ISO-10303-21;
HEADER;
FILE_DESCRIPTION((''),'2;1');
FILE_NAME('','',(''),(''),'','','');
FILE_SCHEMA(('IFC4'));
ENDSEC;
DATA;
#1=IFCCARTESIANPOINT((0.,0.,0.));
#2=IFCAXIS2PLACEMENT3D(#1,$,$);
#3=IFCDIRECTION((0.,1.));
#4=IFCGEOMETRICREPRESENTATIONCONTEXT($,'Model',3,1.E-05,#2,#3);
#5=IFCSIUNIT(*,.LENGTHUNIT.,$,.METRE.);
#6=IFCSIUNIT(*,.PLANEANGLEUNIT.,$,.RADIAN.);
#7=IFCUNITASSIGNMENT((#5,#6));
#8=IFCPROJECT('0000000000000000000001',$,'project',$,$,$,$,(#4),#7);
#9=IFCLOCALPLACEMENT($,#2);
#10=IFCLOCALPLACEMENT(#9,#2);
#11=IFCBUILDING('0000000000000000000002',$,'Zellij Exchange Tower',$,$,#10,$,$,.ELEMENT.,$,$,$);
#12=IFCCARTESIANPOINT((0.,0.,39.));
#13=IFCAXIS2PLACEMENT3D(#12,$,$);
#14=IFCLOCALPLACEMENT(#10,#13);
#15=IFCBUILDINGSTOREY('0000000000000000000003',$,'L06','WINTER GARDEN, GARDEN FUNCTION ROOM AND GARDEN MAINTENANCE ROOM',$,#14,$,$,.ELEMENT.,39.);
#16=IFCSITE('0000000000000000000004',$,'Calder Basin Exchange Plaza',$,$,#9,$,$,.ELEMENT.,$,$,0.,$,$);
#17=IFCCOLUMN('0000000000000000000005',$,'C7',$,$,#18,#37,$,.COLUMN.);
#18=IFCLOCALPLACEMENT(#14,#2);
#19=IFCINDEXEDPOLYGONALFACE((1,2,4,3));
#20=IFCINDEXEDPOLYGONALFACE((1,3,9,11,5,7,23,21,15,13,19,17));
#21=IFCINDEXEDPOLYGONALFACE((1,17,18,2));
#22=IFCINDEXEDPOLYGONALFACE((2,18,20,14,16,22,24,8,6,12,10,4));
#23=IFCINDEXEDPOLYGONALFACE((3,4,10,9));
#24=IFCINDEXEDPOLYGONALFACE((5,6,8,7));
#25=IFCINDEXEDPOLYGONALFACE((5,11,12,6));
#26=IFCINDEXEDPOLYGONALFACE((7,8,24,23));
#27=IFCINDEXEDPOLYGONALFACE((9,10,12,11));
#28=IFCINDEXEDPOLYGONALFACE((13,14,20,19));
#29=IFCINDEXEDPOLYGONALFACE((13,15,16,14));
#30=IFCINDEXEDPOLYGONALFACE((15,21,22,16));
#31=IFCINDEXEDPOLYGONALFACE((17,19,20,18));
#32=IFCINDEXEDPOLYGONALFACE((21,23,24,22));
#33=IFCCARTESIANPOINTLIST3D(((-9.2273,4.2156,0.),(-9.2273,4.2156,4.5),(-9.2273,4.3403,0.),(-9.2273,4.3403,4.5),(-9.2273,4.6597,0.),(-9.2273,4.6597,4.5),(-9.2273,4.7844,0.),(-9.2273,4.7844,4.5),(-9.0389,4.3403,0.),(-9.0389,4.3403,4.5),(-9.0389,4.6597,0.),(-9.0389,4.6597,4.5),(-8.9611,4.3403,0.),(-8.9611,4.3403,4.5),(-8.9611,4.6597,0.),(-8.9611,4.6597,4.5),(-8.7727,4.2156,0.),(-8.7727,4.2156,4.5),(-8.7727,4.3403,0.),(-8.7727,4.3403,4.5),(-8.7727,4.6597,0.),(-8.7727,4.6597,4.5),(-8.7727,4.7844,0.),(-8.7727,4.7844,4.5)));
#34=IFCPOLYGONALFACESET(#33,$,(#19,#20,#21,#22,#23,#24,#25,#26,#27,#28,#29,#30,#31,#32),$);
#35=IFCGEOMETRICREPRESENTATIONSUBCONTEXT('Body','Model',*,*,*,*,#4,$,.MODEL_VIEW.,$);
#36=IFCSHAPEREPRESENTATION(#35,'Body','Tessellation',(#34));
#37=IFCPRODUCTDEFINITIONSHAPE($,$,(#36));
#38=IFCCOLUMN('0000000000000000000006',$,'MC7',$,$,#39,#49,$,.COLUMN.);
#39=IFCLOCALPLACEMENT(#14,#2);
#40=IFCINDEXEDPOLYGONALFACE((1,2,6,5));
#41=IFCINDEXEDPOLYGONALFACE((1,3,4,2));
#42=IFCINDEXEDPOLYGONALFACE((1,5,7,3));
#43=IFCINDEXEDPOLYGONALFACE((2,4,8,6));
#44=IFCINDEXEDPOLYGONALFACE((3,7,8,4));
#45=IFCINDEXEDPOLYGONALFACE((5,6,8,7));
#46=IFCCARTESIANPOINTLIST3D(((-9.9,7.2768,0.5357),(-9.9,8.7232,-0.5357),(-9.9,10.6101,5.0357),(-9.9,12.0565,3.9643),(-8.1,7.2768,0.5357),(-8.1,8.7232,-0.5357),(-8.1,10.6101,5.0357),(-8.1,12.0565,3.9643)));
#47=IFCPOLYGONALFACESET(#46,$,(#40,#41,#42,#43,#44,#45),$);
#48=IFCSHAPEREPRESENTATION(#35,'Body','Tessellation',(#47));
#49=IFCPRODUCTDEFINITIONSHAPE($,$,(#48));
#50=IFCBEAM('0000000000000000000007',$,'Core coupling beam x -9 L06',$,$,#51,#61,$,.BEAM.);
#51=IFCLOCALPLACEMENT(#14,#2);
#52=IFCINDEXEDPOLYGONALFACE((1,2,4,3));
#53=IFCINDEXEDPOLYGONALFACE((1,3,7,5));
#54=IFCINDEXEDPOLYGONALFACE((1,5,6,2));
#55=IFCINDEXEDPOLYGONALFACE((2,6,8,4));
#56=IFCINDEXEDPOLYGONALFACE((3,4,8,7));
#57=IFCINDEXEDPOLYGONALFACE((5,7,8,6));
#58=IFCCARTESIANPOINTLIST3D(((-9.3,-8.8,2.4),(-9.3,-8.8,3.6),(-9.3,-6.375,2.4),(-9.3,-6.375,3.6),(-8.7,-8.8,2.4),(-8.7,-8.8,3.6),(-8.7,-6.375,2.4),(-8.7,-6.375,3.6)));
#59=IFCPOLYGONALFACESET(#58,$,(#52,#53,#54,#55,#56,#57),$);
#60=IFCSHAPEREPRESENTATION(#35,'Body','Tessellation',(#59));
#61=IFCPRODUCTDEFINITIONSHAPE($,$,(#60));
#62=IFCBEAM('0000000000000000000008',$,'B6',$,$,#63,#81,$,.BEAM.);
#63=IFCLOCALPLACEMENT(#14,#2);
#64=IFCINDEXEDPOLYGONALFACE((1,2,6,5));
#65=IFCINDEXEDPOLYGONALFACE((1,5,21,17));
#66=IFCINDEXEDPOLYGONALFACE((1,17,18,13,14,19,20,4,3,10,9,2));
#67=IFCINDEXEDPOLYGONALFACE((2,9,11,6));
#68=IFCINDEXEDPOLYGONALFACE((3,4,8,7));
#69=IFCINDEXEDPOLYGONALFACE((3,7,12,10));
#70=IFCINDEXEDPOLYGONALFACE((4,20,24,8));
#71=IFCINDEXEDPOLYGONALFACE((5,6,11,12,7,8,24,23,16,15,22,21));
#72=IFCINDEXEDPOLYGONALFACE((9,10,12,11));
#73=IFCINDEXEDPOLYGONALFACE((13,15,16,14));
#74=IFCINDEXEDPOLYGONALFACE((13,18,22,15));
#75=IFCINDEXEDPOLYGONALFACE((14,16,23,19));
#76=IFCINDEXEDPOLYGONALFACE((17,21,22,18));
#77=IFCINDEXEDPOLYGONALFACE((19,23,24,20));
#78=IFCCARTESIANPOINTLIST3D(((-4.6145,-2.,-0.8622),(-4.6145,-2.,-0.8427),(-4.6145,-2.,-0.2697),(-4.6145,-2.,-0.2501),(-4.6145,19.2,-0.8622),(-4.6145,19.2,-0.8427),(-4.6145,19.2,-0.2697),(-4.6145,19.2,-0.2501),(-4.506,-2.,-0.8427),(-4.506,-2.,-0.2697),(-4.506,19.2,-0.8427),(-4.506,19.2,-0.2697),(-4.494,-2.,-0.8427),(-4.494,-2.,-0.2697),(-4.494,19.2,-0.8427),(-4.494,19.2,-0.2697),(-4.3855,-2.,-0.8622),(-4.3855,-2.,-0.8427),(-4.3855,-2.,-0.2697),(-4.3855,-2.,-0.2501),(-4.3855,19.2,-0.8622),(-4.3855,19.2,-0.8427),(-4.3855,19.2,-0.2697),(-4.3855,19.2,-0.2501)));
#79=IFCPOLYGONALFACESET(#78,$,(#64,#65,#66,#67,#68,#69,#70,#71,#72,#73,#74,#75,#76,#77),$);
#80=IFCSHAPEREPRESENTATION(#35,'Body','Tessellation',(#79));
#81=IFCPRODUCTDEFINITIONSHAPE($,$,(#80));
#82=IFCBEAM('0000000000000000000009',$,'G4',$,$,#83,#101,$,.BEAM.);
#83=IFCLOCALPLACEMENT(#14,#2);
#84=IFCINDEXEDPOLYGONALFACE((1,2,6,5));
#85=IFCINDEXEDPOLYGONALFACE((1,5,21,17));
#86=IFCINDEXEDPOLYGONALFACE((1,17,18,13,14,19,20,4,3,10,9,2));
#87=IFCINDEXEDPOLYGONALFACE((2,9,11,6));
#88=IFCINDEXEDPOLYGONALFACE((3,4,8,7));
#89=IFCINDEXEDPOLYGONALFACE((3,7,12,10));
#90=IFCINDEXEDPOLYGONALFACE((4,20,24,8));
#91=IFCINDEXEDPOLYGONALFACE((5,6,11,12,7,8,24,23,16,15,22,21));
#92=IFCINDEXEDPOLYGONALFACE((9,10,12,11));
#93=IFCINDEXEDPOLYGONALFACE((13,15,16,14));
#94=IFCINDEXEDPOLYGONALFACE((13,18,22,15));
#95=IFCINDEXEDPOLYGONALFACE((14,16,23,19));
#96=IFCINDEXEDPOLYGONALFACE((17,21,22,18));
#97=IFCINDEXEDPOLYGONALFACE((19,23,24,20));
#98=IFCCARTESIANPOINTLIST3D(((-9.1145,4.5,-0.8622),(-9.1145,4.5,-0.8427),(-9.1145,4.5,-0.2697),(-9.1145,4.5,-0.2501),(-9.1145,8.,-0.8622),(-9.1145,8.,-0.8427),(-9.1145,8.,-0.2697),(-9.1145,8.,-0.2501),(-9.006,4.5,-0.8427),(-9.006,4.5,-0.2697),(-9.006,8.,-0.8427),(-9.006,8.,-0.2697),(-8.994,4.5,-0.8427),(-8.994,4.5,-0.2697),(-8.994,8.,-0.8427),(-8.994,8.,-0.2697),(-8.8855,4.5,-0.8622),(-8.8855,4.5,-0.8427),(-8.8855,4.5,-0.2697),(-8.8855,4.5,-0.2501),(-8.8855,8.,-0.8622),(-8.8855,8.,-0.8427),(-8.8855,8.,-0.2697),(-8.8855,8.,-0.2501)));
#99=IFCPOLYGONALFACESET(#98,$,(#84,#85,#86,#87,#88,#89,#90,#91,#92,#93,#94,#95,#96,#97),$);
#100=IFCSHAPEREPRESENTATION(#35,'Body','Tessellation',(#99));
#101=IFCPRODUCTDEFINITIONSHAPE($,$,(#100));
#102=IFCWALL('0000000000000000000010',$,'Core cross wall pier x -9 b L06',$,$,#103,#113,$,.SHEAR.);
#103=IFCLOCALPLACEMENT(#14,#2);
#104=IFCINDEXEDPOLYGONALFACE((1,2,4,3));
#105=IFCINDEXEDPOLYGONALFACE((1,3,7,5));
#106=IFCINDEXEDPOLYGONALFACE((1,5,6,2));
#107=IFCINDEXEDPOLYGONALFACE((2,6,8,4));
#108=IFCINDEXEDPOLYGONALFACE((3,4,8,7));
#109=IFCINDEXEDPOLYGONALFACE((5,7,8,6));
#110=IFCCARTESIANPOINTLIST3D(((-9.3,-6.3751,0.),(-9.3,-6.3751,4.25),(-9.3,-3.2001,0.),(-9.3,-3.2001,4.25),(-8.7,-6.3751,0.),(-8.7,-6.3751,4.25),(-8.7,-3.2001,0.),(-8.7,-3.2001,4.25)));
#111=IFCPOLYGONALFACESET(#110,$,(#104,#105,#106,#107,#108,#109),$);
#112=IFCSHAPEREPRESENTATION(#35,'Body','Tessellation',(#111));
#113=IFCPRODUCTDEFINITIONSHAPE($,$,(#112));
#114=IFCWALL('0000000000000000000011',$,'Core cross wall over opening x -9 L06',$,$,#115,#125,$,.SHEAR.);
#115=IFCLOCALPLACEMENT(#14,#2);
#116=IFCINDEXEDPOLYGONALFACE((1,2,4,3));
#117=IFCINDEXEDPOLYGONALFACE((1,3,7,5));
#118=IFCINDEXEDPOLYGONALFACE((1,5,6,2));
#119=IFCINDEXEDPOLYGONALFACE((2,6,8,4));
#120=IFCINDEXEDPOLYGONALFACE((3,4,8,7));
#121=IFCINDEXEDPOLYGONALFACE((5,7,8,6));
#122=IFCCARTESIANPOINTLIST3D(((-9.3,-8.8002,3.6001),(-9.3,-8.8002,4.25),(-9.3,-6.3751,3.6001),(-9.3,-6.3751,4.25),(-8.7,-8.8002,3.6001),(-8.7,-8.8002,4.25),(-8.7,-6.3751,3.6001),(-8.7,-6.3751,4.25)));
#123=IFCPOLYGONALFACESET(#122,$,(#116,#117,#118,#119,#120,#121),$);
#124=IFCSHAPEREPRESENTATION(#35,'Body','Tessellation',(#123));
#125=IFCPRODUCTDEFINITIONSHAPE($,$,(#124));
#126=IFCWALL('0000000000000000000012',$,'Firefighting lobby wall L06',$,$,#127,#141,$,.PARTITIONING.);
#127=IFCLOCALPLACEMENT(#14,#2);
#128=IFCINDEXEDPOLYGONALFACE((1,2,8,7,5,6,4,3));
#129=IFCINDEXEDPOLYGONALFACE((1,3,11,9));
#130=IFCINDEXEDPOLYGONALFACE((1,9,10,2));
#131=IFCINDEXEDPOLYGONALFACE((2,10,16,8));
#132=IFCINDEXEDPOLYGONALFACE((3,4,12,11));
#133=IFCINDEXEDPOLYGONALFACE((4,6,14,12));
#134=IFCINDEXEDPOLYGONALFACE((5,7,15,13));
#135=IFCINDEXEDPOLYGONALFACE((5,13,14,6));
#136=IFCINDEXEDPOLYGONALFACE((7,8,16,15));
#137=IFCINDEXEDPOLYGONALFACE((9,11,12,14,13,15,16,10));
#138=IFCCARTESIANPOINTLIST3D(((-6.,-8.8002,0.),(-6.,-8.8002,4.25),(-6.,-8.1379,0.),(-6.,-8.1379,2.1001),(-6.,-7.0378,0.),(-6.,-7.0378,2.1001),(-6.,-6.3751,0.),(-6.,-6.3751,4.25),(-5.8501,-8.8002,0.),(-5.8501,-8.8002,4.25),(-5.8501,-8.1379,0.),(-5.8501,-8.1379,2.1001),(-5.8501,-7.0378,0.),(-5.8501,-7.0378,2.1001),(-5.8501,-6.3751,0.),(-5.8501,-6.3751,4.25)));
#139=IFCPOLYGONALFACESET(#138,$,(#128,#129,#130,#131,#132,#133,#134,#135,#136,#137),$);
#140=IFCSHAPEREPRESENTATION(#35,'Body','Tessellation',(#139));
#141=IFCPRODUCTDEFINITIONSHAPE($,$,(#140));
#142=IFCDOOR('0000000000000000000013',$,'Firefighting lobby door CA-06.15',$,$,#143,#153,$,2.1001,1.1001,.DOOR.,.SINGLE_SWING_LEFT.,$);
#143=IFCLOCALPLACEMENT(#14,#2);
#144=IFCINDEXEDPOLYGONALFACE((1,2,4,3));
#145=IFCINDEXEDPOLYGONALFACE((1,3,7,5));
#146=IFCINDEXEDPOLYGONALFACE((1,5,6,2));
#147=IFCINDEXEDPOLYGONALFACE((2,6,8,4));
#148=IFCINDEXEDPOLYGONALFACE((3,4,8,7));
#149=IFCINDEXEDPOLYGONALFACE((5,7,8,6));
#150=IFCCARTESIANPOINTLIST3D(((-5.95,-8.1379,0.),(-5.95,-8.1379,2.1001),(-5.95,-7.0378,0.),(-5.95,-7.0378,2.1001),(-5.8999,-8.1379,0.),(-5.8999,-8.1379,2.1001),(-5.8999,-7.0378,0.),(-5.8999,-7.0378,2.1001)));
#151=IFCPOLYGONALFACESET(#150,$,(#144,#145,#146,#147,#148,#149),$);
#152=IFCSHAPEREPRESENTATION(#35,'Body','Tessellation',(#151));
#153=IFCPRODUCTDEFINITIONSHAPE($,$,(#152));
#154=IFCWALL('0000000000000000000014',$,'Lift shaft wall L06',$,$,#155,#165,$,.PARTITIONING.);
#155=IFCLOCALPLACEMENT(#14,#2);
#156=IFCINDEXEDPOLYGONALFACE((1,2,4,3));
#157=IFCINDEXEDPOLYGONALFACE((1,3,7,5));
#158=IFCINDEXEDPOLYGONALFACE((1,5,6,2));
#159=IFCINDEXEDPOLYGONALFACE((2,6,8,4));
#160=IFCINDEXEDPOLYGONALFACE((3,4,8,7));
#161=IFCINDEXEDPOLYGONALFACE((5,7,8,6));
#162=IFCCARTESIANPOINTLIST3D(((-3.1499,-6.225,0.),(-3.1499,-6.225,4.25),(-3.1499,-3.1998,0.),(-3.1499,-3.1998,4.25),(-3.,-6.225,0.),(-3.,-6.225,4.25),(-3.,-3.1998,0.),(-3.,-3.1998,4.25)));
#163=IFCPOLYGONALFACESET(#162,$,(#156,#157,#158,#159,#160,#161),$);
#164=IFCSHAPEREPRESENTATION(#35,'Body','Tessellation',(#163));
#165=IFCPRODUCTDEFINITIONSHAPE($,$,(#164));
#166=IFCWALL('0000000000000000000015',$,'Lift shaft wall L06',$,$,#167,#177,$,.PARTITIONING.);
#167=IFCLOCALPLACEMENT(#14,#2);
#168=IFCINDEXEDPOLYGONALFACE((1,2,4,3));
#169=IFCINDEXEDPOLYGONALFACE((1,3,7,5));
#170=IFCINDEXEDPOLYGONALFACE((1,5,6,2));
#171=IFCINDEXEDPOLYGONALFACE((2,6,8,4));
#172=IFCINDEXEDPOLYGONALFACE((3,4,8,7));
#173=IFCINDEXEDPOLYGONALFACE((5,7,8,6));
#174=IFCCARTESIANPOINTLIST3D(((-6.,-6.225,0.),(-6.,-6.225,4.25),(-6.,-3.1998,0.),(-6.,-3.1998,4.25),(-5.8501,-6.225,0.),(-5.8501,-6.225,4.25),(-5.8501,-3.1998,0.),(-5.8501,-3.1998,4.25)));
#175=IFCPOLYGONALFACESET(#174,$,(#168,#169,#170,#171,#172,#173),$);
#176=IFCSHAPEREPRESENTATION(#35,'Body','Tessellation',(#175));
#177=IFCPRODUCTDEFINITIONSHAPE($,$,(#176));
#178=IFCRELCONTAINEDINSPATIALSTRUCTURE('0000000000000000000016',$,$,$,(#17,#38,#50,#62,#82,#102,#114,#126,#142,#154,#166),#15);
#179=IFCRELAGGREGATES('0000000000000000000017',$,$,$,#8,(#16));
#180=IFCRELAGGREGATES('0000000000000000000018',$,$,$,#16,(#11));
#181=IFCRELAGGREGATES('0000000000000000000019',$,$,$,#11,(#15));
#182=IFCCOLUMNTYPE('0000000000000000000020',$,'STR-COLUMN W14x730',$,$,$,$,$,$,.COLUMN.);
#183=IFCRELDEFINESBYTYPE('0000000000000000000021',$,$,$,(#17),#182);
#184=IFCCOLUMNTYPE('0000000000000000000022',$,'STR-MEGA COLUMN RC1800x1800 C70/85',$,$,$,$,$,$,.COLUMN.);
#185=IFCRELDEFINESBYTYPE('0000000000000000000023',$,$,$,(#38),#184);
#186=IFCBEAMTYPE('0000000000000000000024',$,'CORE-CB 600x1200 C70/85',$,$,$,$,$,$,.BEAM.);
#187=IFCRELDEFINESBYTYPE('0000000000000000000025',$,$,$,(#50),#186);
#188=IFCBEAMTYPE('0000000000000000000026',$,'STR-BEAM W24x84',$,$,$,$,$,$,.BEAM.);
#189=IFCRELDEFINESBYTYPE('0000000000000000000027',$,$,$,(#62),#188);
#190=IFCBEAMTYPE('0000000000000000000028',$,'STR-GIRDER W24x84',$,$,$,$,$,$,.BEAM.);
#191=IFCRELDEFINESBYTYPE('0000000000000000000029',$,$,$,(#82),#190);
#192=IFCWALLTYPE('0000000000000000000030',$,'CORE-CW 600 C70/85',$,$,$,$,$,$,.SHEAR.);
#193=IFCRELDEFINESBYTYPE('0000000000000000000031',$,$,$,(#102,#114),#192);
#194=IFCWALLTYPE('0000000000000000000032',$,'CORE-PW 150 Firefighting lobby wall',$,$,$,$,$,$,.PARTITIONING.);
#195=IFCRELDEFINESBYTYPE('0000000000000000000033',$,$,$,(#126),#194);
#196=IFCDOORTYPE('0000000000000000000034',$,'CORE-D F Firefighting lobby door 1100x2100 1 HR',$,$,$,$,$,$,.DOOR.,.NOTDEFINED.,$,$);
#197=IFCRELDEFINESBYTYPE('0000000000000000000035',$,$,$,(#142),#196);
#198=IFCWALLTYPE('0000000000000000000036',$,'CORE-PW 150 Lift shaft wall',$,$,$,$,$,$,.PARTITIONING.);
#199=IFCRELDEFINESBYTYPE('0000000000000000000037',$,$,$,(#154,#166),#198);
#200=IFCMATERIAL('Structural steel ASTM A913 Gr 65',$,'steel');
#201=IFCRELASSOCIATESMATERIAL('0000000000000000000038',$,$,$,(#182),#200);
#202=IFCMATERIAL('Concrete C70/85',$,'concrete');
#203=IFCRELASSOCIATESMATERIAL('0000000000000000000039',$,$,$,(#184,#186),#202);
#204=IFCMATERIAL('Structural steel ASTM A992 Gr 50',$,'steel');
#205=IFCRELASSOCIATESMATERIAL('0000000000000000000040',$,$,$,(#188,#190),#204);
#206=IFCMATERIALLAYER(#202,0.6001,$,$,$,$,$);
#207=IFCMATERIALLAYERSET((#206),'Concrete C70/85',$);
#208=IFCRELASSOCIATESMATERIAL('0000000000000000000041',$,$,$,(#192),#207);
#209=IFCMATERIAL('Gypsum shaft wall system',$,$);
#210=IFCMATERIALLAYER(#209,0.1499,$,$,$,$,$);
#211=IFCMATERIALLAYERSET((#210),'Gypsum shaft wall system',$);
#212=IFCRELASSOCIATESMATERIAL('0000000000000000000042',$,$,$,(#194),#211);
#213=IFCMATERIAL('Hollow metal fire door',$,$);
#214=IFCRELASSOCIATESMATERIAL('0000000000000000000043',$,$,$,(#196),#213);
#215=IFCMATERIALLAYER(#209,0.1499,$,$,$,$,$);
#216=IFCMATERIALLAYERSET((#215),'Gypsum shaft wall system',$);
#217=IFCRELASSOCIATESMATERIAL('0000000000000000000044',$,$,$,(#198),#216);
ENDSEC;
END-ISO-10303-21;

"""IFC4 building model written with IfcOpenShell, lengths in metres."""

from ifc_helpers import new_model, si_unit, direction, frame, frame_2d, origin, origin_2d, place, context, subcontext, project, spatial, rectangle, i_section, extrude, material, layer, layer_set, material_profile, profile_set, type_object, element, fill, save


model = new_model("IFC4")

# Units and contexts
model_context = context("Model", 3, precision=1e-05, world=origin(), true_north=direction((0.0, 1.0)))
body_context = subcontext(model_context, "Body", "Model", "MODEL_VIEW")
ifc_project = project(units=[si_unit("LENGTHUNIT", "METRE"), si_unit("PLANEANGLEUNIT", "RADIAN")], contexts=[model_context])

# Site, building, storey
site_placement = place(None, origin())
site = spatial("IfcSite", under=ifc_project, at=site_placement, Name="Calder Basin Exchange Plaza", CompositionType="ELEMENT", RefElevation=0.0)
building_placement = place(site_placement, origin())
building = spatial("IfcBuilding", under=site, at=building_placement, Name="Zellij Exchange Tower", CompositionType="ELEMENT")
storey_placement = place(building_placement, frame((0.0, 0.0, 39.0)))
storey = spatial("IfcBuildingStorey", under=building, at=storey_placement, Name="L06", Description="WINTER GARDEN, GARDEN FUNCTION ROOM AND GARDEN MAINTENANCE ROOM", CompositionType="ELEMENT", Elevation=39.0)

# Columns
ifc_material_1 = material(Name="Structural steel ASTM A913 Gr 65", Category="steel")
ifc_material_profile_1 = material_profile(ifc_material_1, i_section(OverallWidth=0.4546, OverallDepth=0.5688, WebThickness=0.0779, FlangeThickness=0.1248, at=origin_2d()), Name="W14x730")
ifc_profile_set_1 = profile_set([ifc_material_profile_1], Name="Structural steel ASTM A913 Gr 65")
column_type_1 = type_object("IfcColumnType", Name="STR-COLUMN W14x730", PredefinedType="COLUMN", material=ifc_profile_set_1)
column_1_placement = place(storey_placement, frame((-9.0, 4.5, 0.0), z_axis=(0.0, 0.0, 1.0), x_axis=(1.0, 0.0, 0.0)))
element("IfcColumn", 1, at=column_1_placement, inside=storey, type_object=column_type_1, Name="C7", PredefinedType="COLUMN", context=body_context, shape_type="SweptSolid", body=[
    extrude(i_section(OverallWidth=0.4546, OverallDepth=0.5688, WebThickness=0.0779, FlangeThickness=0.1248, at=origin_2d()), origin(), (0.0, 0.0, 1.0), 4.5),
])
ifc_material_2 = material(Name="Concrete C70/85", Category="concrete")
ifc_material_profile_2 = material_profile(ifc_material_2, rectangle(XDim=1.8, YDim=1.8, at=origin_2d()), Name="STR-MEGA COLUMN RC1800x1800 C70/85")
ifc_profile_set_2 = profile_set([ifc_material_profile_2], Name="Concrete C70/85")
column_type_2 = type_object("IfcColumnType", Name="STR-MEGA COLUMN RC1800x1800 C70/85", PredefinedType="COLUMN", material=ifc_profile_set_2)
column_2_placement = place(storey_placement, frame((-9.0, 8.0, 0.0), z_axis=(0.0, 0.595218, 0.803564), x_axis=(-1.0, 0.0, 0.0)))
element("IfcColumn", 2, at=column_2_placement, inside=storey, type_object=column_type_2, Name="MC7", PredefinedType="COLUMN", context=body_context, shape_type="SweptSolid", body=[
    extrude(rectangle(XDim=1.8, YDim=1.8, at=origin_2d()), origin(), (0.0, 0.0, 1.0), 5.6001),
])

# Beams
ifc_material_profile_3 = material_profile(ifc_material_2, rectangle(XDim=0.6001, YDim=1.2, at=origin_2d()), Name="CORE-CB 600x1200 C70/85")
ifc_profile_set_3 = profile_set([ifc_material_profile_3], Name="Concrete C70/85")
beam_type_1 = type_object("IfcBeamType", Name="CORE-CB 600x1200 C70/85", PredefinedType="BEAM", material=ifc_profile_set_3)
beam_1_placement = place(storey_placement, frame((-9.0, -8.8, 3.0), z_axis=(0.0, 1.0, 0.0), x_axis=(-1.0, 0.0, 0.0)))
element("IfcBeam", 3, at=beam_1_placement, inside=storey, type_object=beam_type_1, Name="Core coupling beam x -9 L06", PredefinedType="BEAM", context=body_context, shape_type="SweptSolid", body=[
    extrude(rectangle(XDim=0.6001, YDim=1.2, at=origin_2d()), origin(), (0.0, 0.0, 1.0), 2.425),
])
ifc_material_3 = material(Name="Structural steel ASTM A992 Gr 50", Category="steel")
ifc_material_profile_4 = material_profile(ifc_material_3, i_section(OverallWidth=0.229, OverallDepth=0.6121, WebThickness=0.012, FlangeThickness=0.0195, at=origin_2d()), Name="W24x84")
ifc_profile_set_4 = profile_set([ifc_material_profile_4], Name="Structural steel ASTM A992 Gr 50")
beam_type_2 = type_object("IfcBeamType", Name="STR-BEAM W24x84", PredefinedType="BEAM", material=ifc_profile_set_4)
beam_2_placement = place(storey_placement, frame((-4.5, -2.0, -0.5562), z_axis=(0.0, 1.0, 0.0), x_axis=(-1.0, 0.0, 0.0)))
element("IfcBeam", 4, at=beam_2_placement, inside=storey, type_object=beam_type_2, Name="B6", PredefinedType="BEAM", context=body_context, shape_type="SweptSolid", body=[
    extrude(i_section(OverallWidth=0.229, OverallDepth=0.6121, WebThickness=0.012, FlangeThickness=0.0195, at=origin_2d()), origin(), (0.0, 0.0, 1.0), 21.2),
])
ifc_material_profile_5 = material_profile(ifc_material_3, i_section(OverallWidth=0.229, OverallDepth=0.6121, WebThickness=0.012, FlangeThickness=0.0195, at=origin_2d()), Name="W24x84")
ifc_profile_set_5 = profile_set([ifc_material_profile_5], Name="Structural steel ASTM A992 Gr 50")
beam_type_3 = type_object("IfcBeamType", Name="STR-GIRDER W24x84", PredefinedType="BEAM", material=ifc_profile_set_5)
beam_3_placement = place(storey_placement, frame((-9.0, 4.5, -0.5562), z_axis=(0.0, 1.0, 0.0), x_axis=(-1.0, 0.0, 0.0)))
element("IfcBeam", 5, at=beam_3_placement, inside=storey, type_object=beam_type_3, Name="G4", PredefinedType="BEAM", context=body_context, shape_type="SweptSolid", body=[
    extrude(i_section(OverallWidth=0.229, OverallDepth=0.6121, WebThickness=0.012, FlangeThickness=0.0195, at=origin_2d()), origin(), (0.0, 0.0, 1.0), 3.5),
])

# Walls
ifc_layer_1 = layer(ifc_material_2, 0.6001)
ifc_layer_set_1 = layer_set([ifc_layer_1], Name="Concrete C70/85")
wall_type_1 = type_object("IfcWallType", Name="CORE-CW 600 C70/85", PredefinedType="SHEAR", material=ifc_layer_set_1)
wall_1_placement = place(storey_placement, frame((-9.0, -6.375, 0.0), z_axis=(0.0, 0.0, 1.0), x_axis=(0.0, 1.0, 0.0)))
element("IfcWall", 6, at=wall_1_placement, inside=storey, type_object=wall_type_1, Name="Core cross wall pier x -9 b L06", PredefinedType="SHEAR", context=body_context, shape_type="SweptSolid", body=[
    extrude(rectangle(XDim=3.175, YDim=0.6001, at=frame_2d((1.5874, 0.0))), origin(), (0.0, 0.0, 1.0), 4.25),
])
wall_2_placement = place(storey_placement, frame((-9.0, -8.8, 3.6001), z_axis=(0.0, 0.0, 1.0), x_axis=(0.0, 1.0, 0.0)))
element("IfcWall", 7, at=wall_2_placement, inside=storey, type_object=wall_type_1, Name="Core cross wall over opening x -9 L06", PredefinedType="SHEAR", context=body_context, shape_type="SweptSolid", body=[
    extrude(rectangle(XDim=2.425, YDim=0.6001, at=frame_2d((1.2124, 0.0))), origin(), (0.0, 0.0, 1.0), 0.6499),
])

# Wall, opening, door
ifc_material_4 = material(Name="Gypsum shaft wall system")
ifc_layer_2 = layer(ifc_material_4, 0.1499)
ifc_layer_set_2 = layer_set([ifc_layer_2], Name="Gypsum shaft wall system")
wall_type_2 = type_object("IfcWallType", Name="CORE-PW 150 Firefighting lobby wall", PredefinedType="PARTITIONING", material=ifc_layer_set_2)
wall_3_placement = place(storey_placement, frame((-5.925, -8.8, 0.0), z_axis=(0.0, 0.0, 1.0), x_axis=(0.0, 1.0, 0.0)))
wall_3 = element("IfcWall", 8, at=wall_3_placement, inside=storey, type_object=wall_type_2, Name="Firefighting lobby wall L06", PredefinedType="PARTITIONING", context=body_context, shape_type="SweptSolid", body=[
    extrude(rectangle(XDim=2.425, YDim=0.1499, at=frame_2d((1.2124, 0.0))), origin(), (0.0, 0.0, 1.0), 4.25),
])
opening_1_placement = place(wall_3_placement, frame((0.6621, 0.0, 0.0)))
opening_1 = element("IfcOpeningElement", 9, at=opening_1_placement, cuts=wall_3, PredefinedType="OPENING", context=body_context, shape_type="SweptSolid", body=[
    extrude(rectangle(XDim=1.1001, YDim=2.1001, at=frame_2d((0.55, 1.05))), frame((0.0, 0.0869, 0.0), z_axis=(0.0, -1.0, 0.0), x_axis=(1.0, 0.0, 0.0)), (0.0, 0.0, 1.0), 0.1738),
])
ifc_material_5 = material(Name="Hollow metal fire door")
door_type_1 = type_object("IfcDoorType", Name="CORE-D F Firefighting lobby door 1100x2100 1 HR", OperationType="NOTDEFINED", PredefinedType="DOOR", material=ifc_material_5)
door_1_placement = place(opening_1_placement, origin())
door_1 = element("IfcDoor", 10, at=door_1_placement, inside=storey, type_object=door_type_1, Name="Firefighting lobby door CA-06.15", OperationType="SINGLE_SWING_LEFT", OverallHeight=2.1001, OverallWidth=1.1001, PredefinedType="DOOR", context=body_context, shape_type="SweptSolid", body=[
    extrude(rectangle(XDim=1.1001, YDim=2.1001, at=frame_2d((0.55, 1.05))), frame((0.0, 0.0249, 0.0), z_axis=(0.0, -1.0, 0.0), x_axis=(1.0, 0.0, 0.0)), (0.0, 0.0, 1.0), 0.05),
])
fill(opening_1, door_1)

# Walls
ifc_layer_3 = layer(ifc_material_4, 0.1499)
ifc_layer_set_3 = layer_set([ifc_layer_3], Name="Gypsum shaft wall system")
wall_type_3 = type_object("IfcWallType", Name="CORE-PW 150 Lift shaft wall", PredefinedType="PARTITIONING", material=ifc_layer_set_3)
for number, where, z_axis, x_axis, name in (
    (11, (-3.075, -6.2251, 0.0), (0.0, 0.0, 1.0), (0.0, 1.0, 0.0), "Lift shaft wall L06"),
    (12, (-5.925, -6.2251, 0.0), (0.0, 0.0, 1.0), (0.0, 1.0, 0.0), "Lift shaft wall L06"),
):
    element("IfcWall", number, at=place(storey_placement, frame(where, z_axis=z_axis, x_axis=x_axis)), inside=storey, type_object=wall_type_3, Name=name, PredefinedType="PARTITIONING", context=body_context, shape_type="SweptSolid", body=[
        extrude(rectangle(XDim=3.0251, YDim=0.1499, at=frame_2d((1.5127, 0.0))), origin(), (0.0, 0.0, 1.0), 4.25),
    ])

save(model, "model.ifc")
